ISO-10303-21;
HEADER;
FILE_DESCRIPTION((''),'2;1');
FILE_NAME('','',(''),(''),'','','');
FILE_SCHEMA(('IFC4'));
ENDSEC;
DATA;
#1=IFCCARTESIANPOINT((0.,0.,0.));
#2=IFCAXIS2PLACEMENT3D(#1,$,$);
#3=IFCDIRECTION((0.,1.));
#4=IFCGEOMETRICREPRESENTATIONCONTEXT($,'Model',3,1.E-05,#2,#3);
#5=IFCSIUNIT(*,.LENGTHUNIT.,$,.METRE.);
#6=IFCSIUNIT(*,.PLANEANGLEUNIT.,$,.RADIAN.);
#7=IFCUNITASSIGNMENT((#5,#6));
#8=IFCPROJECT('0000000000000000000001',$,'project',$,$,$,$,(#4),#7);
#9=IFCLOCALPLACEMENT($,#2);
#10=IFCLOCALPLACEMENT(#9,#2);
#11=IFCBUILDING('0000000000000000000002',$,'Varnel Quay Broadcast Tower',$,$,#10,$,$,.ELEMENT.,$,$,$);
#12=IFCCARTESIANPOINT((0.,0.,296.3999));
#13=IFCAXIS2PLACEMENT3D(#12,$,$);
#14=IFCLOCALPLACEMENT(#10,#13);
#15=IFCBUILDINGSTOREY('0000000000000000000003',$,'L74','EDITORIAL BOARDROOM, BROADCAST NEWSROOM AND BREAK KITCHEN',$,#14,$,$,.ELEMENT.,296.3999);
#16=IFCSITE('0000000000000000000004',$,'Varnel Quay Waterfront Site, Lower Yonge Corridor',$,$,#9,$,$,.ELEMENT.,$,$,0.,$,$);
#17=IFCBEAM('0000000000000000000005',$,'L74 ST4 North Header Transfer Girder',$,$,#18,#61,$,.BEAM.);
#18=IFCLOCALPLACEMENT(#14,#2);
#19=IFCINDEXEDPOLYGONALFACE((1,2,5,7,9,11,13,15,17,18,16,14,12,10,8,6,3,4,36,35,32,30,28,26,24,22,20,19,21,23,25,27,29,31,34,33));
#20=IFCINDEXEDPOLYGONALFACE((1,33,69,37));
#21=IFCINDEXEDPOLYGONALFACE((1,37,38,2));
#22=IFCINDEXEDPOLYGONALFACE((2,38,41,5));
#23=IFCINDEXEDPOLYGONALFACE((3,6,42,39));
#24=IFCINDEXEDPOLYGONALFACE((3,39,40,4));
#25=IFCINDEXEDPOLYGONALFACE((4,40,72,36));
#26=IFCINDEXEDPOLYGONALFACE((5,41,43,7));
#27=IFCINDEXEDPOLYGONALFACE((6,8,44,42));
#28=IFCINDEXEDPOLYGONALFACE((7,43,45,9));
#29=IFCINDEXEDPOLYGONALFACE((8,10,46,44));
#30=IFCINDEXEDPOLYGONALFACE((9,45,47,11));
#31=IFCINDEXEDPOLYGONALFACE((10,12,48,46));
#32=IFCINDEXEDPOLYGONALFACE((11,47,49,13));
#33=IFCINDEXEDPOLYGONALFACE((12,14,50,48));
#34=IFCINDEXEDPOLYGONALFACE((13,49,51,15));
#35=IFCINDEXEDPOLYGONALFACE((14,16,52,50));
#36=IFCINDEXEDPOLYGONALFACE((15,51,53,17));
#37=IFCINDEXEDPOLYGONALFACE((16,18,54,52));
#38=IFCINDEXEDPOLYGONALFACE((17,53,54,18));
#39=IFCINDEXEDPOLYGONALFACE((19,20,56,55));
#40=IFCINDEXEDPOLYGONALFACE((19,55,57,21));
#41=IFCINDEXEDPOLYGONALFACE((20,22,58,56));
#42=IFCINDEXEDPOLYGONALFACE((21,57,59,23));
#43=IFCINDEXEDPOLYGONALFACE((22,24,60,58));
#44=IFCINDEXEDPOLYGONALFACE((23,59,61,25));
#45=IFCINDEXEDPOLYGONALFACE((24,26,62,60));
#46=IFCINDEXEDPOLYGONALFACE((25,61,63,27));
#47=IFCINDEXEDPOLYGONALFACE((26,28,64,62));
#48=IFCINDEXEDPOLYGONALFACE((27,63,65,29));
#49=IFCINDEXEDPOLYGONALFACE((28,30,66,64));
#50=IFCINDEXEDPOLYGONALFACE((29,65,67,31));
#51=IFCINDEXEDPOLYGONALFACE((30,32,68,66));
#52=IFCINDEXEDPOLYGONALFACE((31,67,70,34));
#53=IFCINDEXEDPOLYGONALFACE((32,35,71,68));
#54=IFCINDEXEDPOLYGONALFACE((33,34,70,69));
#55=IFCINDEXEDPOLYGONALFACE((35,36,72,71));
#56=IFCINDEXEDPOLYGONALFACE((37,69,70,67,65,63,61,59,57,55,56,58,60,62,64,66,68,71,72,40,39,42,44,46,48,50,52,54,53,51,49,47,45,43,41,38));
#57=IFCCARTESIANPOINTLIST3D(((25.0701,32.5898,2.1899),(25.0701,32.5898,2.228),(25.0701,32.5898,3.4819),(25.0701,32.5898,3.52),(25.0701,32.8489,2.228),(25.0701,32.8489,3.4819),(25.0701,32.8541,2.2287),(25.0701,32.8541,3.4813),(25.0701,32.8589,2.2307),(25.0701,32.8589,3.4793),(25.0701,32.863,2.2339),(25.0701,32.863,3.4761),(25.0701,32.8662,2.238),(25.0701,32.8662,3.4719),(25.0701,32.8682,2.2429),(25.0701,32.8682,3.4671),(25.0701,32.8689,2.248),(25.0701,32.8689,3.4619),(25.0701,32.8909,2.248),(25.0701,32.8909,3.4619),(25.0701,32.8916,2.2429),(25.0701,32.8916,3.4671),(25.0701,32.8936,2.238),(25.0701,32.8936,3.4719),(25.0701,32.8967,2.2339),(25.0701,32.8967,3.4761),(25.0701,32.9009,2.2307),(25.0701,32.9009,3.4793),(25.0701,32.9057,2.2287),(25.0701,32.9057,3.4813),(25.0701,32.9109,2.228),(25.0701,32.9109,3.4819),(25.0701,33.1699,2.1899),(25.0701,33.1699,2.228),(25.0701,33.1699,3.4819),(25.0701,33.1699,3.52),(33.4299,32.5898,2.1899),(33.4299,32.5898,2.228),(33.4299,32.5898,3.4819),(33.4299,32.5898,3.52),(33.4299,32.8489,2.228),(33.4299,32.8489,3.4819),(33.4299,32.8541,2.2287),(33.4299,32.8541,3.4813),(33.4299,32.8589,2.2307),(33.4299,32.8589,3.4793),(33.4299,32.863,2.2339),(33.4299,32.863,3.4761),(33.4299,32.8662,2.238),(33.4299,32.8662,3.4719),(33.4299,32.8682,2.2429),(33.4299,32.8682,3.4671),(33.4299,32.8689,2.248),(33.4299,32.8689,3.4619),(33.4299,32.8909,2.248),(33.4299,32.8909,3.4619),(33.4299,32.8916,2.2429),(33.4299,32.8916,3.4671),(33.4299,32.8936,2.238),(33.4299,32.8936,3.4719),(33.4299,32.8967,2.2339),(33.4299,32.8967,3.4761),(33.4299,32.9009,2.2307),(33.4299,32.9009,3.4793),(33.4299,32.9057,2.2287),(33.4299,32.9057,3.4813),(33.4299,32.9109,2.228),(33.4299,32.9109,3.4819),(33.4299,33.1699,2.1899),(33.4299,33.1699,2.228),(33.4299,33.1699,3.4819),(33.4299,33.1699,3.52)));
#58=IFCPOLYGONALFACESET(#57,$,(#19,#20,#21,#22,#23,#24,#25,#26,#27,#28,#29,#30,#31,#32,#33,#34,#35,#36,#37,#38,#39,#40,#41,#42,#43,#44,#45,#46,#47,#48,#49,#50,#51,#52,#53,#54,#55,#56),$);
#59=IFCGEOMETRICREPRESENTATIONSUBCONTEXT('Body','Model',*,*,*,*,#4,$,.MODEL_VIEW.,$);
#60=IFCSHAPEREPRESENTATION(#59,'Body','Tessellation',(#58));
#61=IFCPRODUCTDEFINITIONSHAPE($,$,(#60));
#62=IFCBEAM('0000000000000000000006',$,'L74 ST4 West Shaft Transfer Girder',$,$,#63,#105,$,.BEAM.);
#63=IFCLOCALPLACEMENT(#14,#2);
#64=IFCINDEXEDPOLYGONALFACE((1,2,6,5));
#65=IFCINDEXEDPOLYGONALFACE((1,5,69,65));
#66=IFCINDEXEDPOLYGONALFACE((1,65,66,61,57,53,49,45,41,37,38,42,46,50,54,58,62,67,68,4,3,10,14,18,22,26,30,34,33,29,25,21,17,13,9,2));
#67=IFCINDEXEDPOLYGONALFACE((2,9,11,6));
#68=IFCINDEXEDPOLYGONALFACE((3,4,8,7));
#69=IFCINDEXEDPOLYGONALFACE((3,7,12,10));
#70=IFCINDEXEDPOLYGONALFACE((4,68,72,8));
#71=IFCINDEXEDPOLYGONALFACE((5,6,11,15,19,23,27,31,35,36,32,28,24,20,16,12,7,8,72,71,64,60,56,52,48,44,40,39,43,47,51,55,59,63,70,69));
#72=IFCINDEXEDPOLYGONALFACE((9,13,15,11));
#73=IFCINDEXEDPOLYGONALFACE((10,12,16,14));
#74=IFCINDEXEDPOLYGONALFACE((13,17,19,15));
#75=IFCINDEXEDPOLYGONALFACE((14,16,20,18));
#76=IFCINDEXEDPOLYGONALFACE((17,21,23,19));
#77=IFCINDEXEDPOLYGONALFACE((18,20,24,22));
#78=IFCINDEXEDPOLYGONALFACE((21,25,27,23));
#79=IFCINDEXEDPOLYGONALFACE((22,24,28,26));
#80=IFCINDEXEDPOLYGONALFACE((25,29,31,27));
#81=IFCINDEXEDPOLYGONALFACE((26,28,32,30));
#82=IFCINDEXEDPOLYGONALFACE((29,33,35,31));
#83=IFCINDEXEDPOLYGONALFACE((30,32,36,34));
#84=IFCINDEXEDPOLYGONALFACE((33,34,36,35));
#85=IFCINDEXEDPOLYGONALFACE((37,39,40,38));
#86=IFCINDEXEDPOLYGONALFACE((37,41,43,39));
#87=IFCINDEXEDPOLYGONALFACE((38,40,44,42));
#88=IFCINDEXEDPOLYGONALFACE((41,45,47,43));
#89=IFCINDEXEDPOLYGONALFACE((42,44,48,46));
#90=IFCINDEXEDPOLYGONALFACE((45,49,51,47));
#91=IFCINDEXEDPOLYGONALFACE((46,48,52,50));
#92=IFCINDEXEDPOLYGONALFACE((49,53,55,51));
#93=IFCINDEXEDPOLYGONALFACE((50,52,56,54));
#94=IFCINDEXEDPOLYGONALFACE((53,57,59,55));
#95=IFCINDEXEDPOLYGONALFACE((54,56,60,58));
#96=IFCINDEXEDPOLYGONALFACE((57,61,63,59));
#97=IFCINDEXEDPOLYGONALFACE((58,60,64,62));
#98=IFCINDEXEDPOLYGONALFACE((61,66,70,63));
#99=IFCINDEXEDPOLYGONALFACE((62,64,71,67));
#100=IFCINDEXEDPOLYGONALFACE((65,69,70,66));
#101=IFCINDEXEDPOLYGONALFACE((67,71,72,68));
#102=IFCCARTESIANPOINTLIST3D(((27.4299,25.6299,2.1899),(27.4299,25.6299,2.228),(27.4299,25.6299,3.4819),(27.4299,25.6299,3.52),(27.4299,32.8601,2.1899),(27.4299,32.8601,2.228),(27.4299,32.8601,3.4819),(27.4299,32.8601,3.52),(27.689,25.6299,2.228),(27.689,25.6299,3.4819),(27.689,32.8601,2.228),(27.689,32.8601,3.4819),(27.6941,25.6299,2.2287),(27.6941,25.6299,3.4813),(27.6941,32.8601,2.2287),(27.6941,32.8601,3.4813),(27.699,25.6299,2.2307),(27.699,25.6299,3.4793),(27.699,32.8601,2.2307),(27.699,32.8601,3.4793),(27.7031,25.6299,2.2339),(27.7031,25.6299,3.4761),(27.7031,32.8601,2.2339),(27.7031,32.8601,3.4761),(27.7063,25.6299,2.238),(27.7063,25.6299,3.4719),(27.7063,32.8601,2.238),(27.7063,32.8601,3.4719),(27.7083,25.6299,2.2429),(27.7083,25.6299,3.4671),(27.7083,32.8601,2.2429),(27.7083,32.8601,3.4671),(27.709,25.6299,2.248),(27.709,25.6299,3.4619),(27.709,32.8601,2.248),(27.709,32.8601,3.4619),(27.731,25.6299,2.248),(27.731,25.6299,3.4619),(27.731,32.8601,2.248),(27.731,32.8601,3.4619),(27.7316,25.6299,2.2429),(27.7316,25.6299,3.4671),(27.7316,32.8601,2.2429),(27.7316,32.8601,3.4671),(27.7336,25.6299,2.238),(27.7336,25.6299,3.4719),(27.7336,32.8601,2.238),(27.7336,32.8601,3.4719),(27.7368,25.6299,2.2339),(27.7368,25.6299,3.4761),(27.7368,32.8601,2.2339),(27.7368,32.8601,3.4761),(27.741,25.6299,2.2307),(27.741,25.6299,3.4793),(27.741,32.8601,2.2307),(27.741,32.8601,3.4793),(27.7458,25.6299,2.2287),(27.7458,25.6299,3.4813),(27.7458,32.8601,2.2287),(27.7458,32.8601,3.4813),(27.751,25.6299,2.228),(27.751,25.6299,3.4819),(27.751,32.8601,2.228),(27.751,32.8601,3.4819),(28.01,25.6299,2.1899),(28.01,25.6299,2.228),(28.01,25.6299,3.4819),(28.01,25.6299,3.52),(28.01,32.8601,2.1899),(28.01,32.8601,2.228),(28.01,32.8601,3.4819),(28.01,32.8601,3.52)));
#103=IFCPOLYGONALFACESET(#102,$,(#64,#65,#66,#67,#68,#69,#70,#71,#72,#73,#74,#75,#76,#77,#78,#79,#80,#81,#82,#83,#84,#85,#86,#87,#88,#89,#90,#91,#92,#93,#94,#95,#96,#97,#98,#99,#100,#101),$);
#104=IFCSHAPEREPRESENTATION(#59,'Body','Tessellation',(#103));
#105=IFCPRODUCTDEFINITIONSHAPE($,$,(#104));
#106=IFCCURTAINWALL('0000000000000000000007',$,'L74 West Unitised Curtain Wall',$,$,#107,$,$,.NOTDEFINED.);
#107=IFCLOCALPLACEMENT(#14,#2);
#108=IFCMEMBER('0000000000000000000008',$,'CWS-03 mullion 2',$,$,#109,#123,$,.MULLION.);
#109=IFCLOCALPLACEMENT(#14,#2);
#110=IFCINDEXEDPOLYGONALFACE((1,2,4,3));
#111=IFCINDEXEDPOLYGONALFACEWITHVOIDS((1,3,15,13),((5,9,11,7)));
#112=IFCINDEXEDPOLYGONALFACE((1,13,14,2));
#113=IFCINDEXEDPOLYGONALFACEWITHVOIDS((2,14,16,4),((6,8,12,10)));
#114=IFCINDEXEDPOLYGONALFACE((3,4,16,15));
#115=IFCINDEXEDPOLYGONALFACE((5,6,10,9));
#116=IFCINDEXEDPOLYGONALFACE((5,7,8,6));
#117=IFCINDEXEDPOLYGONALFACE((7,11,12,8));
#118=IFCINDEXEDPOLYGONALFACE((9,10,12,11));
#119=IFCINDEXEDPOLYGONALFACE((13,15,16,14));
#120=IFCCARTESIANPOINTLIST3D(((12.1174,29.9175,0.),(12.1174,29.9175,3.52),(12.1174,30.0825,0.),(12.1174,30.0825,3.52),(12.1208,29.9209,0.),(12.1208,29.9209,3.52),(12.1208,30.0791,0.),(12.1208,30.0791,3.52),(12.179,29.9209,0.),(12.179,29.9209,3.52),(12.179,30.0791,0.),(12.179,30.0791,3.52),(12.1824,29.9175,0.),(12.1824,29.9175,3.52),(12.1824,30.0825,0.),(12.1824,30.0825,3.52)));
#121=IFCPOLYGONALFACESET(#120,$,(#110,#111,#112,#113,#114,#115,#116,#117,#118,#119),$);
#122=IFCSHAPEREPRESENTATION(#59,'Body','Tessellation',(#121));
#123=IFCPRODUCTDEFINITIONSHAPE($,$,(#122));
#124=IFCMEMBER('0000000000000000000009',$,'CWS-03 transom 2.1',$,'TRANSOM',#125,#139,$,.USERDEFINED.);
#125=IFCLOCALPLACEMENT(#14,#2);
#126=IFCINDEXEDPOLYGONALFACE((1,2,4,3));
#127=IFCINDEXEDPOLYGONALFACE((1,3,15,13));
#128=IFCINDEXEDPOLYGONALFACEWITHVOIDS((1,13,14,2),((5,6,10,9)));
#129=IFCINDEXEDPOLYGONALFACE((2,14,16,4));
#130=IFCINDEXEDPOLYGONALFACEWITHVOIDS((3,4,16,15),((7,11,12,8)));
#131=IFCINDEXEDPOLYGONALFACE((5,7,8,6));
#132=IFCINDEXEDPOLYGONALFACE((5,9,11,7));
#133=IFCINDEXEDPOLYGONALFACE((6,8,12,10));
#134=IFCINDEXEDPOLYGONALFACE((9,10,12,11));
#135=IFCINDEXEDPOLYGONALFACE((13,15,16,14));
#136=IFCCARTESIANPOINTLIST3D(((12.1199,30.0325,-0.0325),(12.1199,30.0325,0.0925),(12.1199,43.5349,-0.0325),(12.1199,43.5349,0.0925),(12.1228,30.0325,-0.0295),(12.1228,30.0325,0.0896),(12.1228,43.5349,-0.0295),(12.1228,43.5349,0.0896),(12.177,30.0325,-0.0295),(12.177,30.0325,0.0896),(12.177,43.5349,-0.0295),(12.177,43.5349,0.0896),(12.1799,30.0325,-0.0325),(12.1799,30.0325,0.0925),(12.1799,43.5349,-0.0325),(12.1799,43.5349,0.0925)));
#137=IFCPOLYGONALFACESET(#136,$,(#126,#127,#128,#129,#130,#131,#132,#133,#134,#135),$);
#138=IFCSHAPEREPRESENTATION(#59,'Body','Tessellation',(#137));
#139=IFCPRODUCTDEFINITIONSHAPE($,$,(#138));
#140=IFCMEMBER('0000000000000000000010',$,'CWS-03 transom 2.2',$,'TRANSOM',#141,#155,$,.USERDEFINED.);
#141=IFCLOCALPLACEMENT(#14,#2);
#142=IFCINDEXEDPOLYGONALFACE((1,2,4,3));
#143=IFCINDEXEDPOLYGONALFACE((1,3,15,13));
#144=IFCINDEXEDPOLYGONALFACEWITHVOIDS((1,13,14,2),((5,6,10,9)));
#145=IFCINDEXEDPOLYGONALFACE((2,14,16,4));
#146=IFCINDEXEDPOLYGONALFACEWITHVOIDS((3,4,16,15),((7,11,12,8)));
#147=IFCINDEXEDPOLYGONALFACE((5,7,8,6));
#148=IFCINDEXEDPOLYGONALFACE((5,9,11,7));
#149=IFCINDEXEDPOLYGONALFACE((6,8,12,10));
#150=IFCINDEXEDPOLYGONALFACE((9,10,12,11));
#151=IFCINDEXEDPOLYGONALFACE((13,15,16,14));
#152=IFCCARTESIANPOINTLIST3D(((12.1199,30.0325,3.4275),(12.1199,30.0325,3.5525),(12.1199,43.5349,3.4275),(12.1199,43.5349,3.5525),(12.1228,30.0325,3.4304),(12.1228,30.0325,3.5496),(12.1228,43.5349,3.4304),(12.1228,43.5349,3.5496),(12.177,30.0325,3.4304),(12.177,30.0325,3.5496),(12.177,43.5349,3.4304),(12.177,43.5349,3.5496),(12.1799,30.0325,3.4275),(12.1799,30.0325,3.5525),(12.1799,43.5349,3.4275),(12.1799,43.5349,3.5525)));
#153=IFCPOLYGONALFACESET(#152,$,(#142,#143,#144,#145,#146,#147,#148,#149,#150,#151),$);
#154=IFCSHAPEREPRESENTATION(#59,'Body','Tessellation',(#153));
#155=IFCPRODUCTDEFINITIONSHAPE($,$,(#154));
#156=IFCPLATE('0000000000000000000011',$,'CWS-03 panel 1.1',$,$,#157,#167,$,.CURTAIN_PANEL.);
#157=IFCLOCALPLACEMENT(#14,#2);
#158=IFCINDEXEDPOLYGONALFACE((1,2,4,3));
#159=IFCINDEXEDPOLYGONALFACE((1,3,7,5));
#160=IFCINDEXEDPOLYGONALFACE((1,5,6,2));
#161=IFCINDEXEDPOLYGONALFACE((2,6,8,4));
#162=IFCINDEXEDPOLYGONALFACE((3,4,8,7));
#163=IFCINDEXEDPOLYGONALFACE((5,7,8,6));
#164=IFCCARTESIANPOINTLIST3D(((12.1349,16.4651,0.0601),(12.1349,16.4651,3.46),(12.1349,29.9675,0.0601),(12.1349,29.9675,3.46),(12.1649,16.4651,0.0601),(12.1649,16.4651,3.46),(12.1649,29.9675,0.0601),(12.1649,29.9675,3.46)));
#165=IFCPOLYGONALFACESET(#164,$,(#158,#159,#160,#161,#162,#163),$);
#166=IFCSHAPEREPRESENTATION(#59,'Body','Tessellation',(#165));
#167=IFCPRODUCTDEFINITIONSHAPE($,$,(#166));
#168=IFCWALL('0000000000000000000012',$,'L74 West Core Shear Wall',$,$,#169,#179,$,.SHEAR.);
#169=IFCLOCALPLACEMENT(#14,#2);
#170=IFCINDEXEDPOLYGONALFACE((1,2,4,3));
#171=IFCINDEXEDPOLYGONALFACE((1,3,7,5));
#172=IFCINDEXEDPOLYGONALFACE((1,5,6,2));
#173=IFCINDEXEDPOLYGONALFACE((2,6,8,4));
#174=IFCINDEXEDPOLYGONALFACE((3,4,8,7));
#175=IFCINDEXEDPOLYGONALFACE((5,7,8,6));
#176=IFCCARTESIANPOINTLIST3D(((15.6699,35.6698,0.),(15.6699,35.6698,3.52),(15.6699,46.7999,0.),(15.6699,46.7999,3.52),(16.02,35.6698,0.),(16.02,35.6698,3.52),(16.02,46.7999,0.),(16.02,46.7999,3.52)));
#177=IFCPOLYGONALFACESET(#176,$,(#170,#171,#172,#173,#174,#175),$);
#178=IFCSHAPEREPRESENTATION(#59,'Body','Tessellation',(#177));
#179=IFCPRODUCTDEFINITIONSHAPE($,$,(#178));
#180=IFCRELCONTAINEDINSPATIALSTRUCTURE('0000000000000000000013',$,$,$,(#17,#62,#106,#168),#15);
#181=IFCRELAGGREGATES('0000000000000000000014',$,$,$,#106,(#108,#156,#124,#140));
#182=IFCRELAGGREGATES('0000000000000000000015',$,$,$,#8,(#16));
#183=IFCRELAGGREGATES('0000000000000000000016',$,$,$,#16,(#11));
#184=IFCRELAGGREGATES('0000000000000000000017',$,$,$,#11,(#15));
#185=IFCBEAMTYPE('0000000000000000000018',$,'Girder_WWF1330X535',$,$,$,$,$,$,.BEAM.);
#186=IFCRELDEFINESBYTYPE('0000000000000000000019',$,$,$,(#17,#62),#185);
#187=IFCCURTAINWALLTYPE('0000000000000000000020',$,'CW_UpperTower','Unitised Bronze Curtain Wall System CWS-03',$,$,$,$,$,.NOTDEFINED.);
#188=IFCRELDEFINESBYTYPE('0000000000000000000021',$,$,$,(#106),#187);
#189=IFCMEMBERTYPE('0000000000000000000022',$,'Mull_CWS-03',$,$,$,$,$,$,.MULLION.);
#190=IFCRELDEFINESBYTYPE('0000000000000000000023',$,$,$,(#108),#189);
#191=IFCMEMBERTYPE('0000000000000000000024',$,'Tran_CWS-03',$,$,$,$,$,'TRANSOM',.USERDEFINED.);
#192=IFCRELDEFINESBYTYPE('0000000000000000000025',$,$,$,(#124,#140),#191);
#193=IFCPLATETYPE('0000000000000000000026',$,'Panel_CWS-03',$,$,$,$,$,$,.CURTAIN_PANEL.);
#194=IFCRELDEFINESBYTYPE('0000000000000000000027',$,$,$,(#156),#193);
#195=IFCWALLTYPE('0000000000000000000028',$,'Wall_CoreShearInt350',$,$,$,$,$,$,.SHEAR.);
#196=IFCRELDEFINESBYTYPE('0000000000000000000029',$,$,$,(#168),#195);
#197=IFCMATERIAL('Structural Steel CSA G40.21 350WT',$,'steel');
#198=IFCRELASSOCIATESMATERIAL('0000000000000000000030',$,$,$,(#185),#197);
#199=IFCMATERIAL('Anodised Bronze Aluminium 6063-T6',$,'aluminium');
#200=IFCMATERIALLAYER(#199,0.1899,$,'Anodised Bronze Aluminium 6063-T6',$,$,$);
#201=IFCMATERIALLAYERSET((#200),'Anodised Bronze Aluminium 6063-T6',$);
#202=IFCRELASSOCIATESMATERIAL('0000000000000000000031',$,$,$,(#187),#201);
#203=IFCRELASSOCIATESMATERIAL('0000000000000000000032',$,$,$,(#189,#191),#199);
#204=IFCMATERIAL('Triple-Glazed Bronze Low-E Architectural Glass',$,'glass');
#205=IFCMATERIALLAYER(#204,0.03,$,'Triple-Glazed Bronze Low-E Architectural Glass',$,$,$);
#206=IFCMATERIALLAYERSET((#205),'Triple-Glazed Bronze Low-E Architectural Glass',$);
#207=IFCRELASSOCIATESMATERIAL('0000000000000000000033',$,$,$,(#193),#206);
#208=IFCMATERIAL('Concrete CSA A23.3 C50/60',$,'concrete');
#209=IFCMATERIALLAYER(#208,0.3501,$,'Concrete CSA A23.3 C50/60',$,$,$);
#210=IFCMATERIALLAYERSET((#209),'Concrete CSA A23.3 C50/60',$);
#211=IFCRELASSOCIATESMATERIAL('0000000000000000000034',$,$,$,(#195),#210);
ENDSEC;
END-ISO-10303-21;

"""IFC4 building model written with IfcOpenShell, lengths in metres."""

from ifc_helpers import new_model, si_unit, direction, frame, frame_2d, origin, origin_2d, place, context, subcontext, project, spatial, rectangle, hollow_rectangle, i_section, extrude, source, transform, mapped, material, layer, layer_set, material_profile, profile_set, type_object, type_shapes, element, aggregate, save


model = new_model("IFC4")

# Units and contexts
model_context = context("Model", 3, precision=1e-05, world=origin(), true_north=direction((0.0, 1.0)))
body_context = subcontext(model_context, "Body", "Model", "MODEL_VIEW")
ifc_project = project(units=[si_unit("LENGTHUNIT", "METRE"), si_unit("PLANEANGLEUNIT", "RADIAN")], contexts=[model_context])

# Site, building, storey
site_placement = place(None, origin())
site = spatial("IfcSite", under=ifc_project, at=site_placement, Name="Varnel Quay Waterfront Site, Lower Yonge Corridor", CompositionType="ELEMENT", RefElevation=0.0)
building_placement = place(site_placement, origin())
building = spatial("IfcBuilding", under=site, at=building_placement, Name="Varnel Quay Broadcast Tower", CompositionType="ELEMENT")
storey_placement = place(building_placement, frame((0.0, 0.0, 296.3999)))
storey = spatial("IfcBuildingStorey", under=building, at=storey_placement, Name="L74", Description="EDITORIAL BOARDROOM, BROADCAST NEWSROOM AND BREAK KITCHEN", CompositionType="ELEMENT", Elevation=296.3999)

# Shared definitions
ifc_material_1 = material(Name="Structural Steel CSA G40.21 350WT", Category="steel")

# Beams
ifc_material_2 = material(Name="Concrete CSA A23.3 C50/60", Category="concrete")
ifc_material_profile_1 = material_profile(ifc_material_1, i_section(OverallWidth=0.5801, OverallDepth=1.3301, WebThickness=0.022, FlangeThickness=0.0381, FilletRadius=0.02, at=origin_2d()), Name="WWF1330X535")
ifc_profile_set_1 = profile_set([ifc_material_profile_1], Name="Structural Steel CSA G40.21 350WT")
beam_type_1 = type_object("IfcBeamType", Name="Girder_WWF1330X535", PredefinedType="BEAM", material=ifc_profile_set_1)
shared_shape_1 = source(origin(), body_context, "Body", "SweptSolid", [
    extrude(i_section(OverallWidth=0.5801, OverallDepth=1.3301, WebThickness=0.022, FlangeThickness=0.0381, FilletRadius=0.02, at=origin_2d()), origin(), (0.0, 0.0, 1.0), 8.3599),
])
beam_1_placement = place(storey_placement, frame((25.0701, 32.8799, 2.855), z_axis=(1.0, 0.0, 0.0), x_axis=(0.0, 1.0, 0.0)))
element("IfcBeam", 1, at=beam_1_placement, inside=storey, type_object=beam_type_1, Name="L74 ST4 North Header Transfer Girder", PredefinedType="BEAM", context=body_context, shape_type="MappedRepresentation", body=[
    mapped(shared_shape_1, transform((0.0, 0.0, 0.0), x_axis=(1.0, 0.0, 0.0), y_axis=(0.0, 1.0, 0.0), z_axis=(0.0, 0.0, 1.0), scale=1.0)),
])
shared_shape_2 = source(origin(), body_context, "Body", "SweptSolid", [
    extrude(i_section(OverallWidth=0.5801, OverallDepth=1.3301, WebThickness=0.022, FlangeThickness=0.0381, FilletRadius=0.02, at=origin_2d()), origin(), (0.0, 0.0, 1.0), 7.2302),
])
beam_2_placement = place(storey_placement, frame((27.72, 25.6299, 2.855), z_axis=(0.0, 1.0, 0.0), x_axis=(-1.0, 0.0, 0.0)))
element("IfcBeam", 2, at=beam_2_placement, inside=storey, type_object=beam_type_1, Name="L74 ST4 West Shaft Transfer Girder", PredefinedType="BEAM", context=body_context, shape_type="MappedRepresentation", body=[
    mapped(shared_shape_2, transform((0.0, 0.0, 0.0), x_axis=(1.0, 0.0, 0.0), y_axis=(0.0, 1.0, 0.0), z_axis=(0.0, 0.0, 1.0), scale=1.0)),
])

# Curtain wall, members, plate
ifc_material_3 = material(Name="Anodised Bronze Aluminium 6063-T6", Category="aluminium")
ifc_layer_1 = layer(ifc_material_3, 0.1899, Name="Anodised Bronze Aluminium 6063-T6")
ifc_layer_set_1 = layer_set([ifc_layer_1], Name="Anodised Bronze Aluminium 6063-T6")
curtain_wall_type = type_object("IfcCurtainWallType", Name="CW_UpperTower", Description="Unitised Bronze Curtain Wall System CWS-03", PredefinedType="NOTDEFINED", material=ifc_layer_set_1)
curtain_wall_placement = place(storey_placement, origin())
curtain_wall = element("IfcCurtainWall", 3, at=curtain_wall_placement, inside=storey, type_object=curtain_wall_type, Name="L74 West Unitised Curtain Wall", PredefinedType="NOTDEFINED")
ifc_material_profile_2 = material_profile(ifc_material_3, hollow_rectangle(XDim=0.0649, YDim=0.165, WallThickness=0.0034, at=origin_2d()), Name="ALU65X165X3.5")
ifc_profile_set_2 = profile_set([ifc_material_profile_2], Name="Anodised Bronze Aluminium 6063-T6")
member_type_1 = type_object("IfcMemberType", Name="Mull_CWS-03", PredefinedType="MULLION", material=ifc_profile_set_2)
shared_shape_3 = source(origin(), body_context, "Body", "SweptSolid", [
    extrude(hollow_rectangle(XDim=0.0649, YDim=0.165, WallThickness=0.0034, at=origin_2d()), origin(), (0.0, 0.0, 1.0), 3.52),
])
type_shapes(member_type_1, [shared_shape_3])
member_1_placement = place(storey_placement, frame((12.1499, 30.0, 0.0), z_axis=(0.0, 0.0, 1.0), x_axis=(-1.0, 0.0, 0.0)))
member_1 = element("IfcMember", 4, at=member_1_placement, type_object=member_type_1, Name="CWS-03 mullion 2", PredefinedType="MULLION", context=body_context, shape_type="MappedRepresentation", body=[
    mapped(shared_shape_3, transform((0.0, 0.0, 0.0), x_axis=(1.0, 0.0, 0.0), y_axis=(0.0, 1.0, 0.0), z_axis=(0.0, 0.0, 1.0), scale=1.0)),
])
ifc_material_profile_3 = material_profile(ifc_material_3, hollow_rectangle(XDim=0.0601, YDim=0.125, WallThickness=0.0029, at=origin_2d()), Name="ALU60X125X3")
ifc_profile_set_3 = profile_set([ifc_material_profile_3], Name="Anodised Bronze Aluminium 6063-T6")
member_type_2 = type_object("IfcMemberType", Name="Tran_CWS-03", ElementType="TRANSOM", PredefinedType="USERDEFINED", material=ifc_profile_set_3)
shared_shape_4 = source(origin(), body_context, "Body", "SweptSolid", [
    extrude(hollow_rectangle(XDim=0.0601, YDim=0.125, WallThickness=0.0029, at=origin_2d()), origin(), (0.0, 0.0, 1.0), 13.5024),
])
type_shapes(member_type_2, [shared_shape_4])
member_2_placement = place(storey_placement, frame((12.1499, 30.0325, 0.03), z_axis=(0.0, 1.0, 0.0), x_axis=(-1.0, 0.0, 0.0)))
member_2 = element("IfcMember", 5, at=member_2_placement, type_object=member_type_2, Name="CWS-03 transom 2.1", ObjectType="TRANSOM", PredefinedType="USERDEFINED", context=body_context, shape_type="MappedRepresentation", body=[
    mapped(shared_shape_4, transform((0.0, 0.0, 0.0), x_axis=(1.0, 0.0, 0.0), y_axis=(0.0, 1.0, 0.0), z_axis=(0.0, 0.0, 1.0), scale=1.0)),
])
member_3_placement = place(storey_placement, frame((12.1499, 30.0325, 3.49), z_axis=(0.0, 1.0, 0.0), x_axis=(-1.0, 0.0, 0.0)))
member_3 = element("IfcMember", 6, at=member_3_placement, type_object=member_type_2, Name="CWS-03 transom 2.2", ObjectType="TRANSOM", PredefinedType="USERDEFINED", context=body_context, shape_type="MappedRepresentation", body=[
    mapped(shared_shape_4, transform((0.0, 0.0, 0.0), x_axis=(1.0, 0.0, 0.0), y_axis=(0.0, 1.0, 0.0), z_axis=(0.0, 0.0, 1.0), scale=1.0)),
])
ifc_material_4 = material(Name="Triple-Glazed Bronze Low-E Architectural Glass", Category="glass")
ifc_layer_2 = layer(ifc_material_4, 0.03, Name="Triple-Glazed Bronze Low-E Architectural Glass")
ifc_layer_set_2 = layer_set([ifc_layer_2], Name="Triple-Glazed Bronze Low-E Architectural Glass")
plate_type = type_object("IfcPlateType", Name="Panel_CWS-03", PredefinedType="CURTAIN_PANEL", material=ifc_layer_set_2)
shared_shape_5 = source(origin(), body_context, "Body", "SweptSolid", [
    extrude(rectangle(XDim=13.5024, YDim=0.03, at=origin_2d()), origin(), (0.0, 0.0, 1.0), 3.3999),
])
type_shapes(plate_type, [shared_shape_5])
plate_placement = place(storey_placement, frame((12.1499, 23.2163, 0.0601), z_axis=(0.0, 0.0, 1.0), x_axis=(0.0, 1.0, 0.0)))
plate = element("IfcPlate", 7, at=plate_placement, type_object=plate_type, Name="CWS-03 panel 1.1", PredefinedType="CURTAIN_PANEL", context=body_context, shape_type="MappedRepresentation", body=[
    mapped(shared_shape_5, transform((0.0, 0.0, 0.0), x_axis=(1.0, 0.0, 0.0), y_axis=(0.0, 1.0, 0.0), z_axis=(0.0, 0.0, 1.0), scale=1.0)),
])
aggregate(curtain_wall, [member_1, plate, member_2, member_3])

# Wall
ifc_layer_3 = layer(ifc_material_2, 0.3501, Name="Concrete CSA A23.3 C50/60")
ifc_layer_set_3 = layer_set([ifc_layer_3], Name="Concrete CSA A23.3 C50/60")
wall_type_1 = type_object("IfcWallType", Name="Wall_CoreShearInt350", PredefinedType="SHEAR", material=ifc_layer_set_3)
wall_1_placement = place(storey_placement, frame((15.845, 35.6699, 0.0), z_axis=(0.0, 0.0, 1.0), x_axis=(0.0, 1.0, 0.0)))
element("IfcWall", 8, at=wall_1_placement, inside=storey, type_object=wall_type_1, Name="L74 West Core Shear Wall", PredefinedType="SHEAR", context=body_context, shape_type="SweptSolid", body=[
    extrude(rectangle(XDim=11.1301, YDim=0.3501, at=frame_2d((5.5649, 0.0))), origin(), (0.0, 0.0, 1.0), 3.52),
])

save(model, "model.ifc")
